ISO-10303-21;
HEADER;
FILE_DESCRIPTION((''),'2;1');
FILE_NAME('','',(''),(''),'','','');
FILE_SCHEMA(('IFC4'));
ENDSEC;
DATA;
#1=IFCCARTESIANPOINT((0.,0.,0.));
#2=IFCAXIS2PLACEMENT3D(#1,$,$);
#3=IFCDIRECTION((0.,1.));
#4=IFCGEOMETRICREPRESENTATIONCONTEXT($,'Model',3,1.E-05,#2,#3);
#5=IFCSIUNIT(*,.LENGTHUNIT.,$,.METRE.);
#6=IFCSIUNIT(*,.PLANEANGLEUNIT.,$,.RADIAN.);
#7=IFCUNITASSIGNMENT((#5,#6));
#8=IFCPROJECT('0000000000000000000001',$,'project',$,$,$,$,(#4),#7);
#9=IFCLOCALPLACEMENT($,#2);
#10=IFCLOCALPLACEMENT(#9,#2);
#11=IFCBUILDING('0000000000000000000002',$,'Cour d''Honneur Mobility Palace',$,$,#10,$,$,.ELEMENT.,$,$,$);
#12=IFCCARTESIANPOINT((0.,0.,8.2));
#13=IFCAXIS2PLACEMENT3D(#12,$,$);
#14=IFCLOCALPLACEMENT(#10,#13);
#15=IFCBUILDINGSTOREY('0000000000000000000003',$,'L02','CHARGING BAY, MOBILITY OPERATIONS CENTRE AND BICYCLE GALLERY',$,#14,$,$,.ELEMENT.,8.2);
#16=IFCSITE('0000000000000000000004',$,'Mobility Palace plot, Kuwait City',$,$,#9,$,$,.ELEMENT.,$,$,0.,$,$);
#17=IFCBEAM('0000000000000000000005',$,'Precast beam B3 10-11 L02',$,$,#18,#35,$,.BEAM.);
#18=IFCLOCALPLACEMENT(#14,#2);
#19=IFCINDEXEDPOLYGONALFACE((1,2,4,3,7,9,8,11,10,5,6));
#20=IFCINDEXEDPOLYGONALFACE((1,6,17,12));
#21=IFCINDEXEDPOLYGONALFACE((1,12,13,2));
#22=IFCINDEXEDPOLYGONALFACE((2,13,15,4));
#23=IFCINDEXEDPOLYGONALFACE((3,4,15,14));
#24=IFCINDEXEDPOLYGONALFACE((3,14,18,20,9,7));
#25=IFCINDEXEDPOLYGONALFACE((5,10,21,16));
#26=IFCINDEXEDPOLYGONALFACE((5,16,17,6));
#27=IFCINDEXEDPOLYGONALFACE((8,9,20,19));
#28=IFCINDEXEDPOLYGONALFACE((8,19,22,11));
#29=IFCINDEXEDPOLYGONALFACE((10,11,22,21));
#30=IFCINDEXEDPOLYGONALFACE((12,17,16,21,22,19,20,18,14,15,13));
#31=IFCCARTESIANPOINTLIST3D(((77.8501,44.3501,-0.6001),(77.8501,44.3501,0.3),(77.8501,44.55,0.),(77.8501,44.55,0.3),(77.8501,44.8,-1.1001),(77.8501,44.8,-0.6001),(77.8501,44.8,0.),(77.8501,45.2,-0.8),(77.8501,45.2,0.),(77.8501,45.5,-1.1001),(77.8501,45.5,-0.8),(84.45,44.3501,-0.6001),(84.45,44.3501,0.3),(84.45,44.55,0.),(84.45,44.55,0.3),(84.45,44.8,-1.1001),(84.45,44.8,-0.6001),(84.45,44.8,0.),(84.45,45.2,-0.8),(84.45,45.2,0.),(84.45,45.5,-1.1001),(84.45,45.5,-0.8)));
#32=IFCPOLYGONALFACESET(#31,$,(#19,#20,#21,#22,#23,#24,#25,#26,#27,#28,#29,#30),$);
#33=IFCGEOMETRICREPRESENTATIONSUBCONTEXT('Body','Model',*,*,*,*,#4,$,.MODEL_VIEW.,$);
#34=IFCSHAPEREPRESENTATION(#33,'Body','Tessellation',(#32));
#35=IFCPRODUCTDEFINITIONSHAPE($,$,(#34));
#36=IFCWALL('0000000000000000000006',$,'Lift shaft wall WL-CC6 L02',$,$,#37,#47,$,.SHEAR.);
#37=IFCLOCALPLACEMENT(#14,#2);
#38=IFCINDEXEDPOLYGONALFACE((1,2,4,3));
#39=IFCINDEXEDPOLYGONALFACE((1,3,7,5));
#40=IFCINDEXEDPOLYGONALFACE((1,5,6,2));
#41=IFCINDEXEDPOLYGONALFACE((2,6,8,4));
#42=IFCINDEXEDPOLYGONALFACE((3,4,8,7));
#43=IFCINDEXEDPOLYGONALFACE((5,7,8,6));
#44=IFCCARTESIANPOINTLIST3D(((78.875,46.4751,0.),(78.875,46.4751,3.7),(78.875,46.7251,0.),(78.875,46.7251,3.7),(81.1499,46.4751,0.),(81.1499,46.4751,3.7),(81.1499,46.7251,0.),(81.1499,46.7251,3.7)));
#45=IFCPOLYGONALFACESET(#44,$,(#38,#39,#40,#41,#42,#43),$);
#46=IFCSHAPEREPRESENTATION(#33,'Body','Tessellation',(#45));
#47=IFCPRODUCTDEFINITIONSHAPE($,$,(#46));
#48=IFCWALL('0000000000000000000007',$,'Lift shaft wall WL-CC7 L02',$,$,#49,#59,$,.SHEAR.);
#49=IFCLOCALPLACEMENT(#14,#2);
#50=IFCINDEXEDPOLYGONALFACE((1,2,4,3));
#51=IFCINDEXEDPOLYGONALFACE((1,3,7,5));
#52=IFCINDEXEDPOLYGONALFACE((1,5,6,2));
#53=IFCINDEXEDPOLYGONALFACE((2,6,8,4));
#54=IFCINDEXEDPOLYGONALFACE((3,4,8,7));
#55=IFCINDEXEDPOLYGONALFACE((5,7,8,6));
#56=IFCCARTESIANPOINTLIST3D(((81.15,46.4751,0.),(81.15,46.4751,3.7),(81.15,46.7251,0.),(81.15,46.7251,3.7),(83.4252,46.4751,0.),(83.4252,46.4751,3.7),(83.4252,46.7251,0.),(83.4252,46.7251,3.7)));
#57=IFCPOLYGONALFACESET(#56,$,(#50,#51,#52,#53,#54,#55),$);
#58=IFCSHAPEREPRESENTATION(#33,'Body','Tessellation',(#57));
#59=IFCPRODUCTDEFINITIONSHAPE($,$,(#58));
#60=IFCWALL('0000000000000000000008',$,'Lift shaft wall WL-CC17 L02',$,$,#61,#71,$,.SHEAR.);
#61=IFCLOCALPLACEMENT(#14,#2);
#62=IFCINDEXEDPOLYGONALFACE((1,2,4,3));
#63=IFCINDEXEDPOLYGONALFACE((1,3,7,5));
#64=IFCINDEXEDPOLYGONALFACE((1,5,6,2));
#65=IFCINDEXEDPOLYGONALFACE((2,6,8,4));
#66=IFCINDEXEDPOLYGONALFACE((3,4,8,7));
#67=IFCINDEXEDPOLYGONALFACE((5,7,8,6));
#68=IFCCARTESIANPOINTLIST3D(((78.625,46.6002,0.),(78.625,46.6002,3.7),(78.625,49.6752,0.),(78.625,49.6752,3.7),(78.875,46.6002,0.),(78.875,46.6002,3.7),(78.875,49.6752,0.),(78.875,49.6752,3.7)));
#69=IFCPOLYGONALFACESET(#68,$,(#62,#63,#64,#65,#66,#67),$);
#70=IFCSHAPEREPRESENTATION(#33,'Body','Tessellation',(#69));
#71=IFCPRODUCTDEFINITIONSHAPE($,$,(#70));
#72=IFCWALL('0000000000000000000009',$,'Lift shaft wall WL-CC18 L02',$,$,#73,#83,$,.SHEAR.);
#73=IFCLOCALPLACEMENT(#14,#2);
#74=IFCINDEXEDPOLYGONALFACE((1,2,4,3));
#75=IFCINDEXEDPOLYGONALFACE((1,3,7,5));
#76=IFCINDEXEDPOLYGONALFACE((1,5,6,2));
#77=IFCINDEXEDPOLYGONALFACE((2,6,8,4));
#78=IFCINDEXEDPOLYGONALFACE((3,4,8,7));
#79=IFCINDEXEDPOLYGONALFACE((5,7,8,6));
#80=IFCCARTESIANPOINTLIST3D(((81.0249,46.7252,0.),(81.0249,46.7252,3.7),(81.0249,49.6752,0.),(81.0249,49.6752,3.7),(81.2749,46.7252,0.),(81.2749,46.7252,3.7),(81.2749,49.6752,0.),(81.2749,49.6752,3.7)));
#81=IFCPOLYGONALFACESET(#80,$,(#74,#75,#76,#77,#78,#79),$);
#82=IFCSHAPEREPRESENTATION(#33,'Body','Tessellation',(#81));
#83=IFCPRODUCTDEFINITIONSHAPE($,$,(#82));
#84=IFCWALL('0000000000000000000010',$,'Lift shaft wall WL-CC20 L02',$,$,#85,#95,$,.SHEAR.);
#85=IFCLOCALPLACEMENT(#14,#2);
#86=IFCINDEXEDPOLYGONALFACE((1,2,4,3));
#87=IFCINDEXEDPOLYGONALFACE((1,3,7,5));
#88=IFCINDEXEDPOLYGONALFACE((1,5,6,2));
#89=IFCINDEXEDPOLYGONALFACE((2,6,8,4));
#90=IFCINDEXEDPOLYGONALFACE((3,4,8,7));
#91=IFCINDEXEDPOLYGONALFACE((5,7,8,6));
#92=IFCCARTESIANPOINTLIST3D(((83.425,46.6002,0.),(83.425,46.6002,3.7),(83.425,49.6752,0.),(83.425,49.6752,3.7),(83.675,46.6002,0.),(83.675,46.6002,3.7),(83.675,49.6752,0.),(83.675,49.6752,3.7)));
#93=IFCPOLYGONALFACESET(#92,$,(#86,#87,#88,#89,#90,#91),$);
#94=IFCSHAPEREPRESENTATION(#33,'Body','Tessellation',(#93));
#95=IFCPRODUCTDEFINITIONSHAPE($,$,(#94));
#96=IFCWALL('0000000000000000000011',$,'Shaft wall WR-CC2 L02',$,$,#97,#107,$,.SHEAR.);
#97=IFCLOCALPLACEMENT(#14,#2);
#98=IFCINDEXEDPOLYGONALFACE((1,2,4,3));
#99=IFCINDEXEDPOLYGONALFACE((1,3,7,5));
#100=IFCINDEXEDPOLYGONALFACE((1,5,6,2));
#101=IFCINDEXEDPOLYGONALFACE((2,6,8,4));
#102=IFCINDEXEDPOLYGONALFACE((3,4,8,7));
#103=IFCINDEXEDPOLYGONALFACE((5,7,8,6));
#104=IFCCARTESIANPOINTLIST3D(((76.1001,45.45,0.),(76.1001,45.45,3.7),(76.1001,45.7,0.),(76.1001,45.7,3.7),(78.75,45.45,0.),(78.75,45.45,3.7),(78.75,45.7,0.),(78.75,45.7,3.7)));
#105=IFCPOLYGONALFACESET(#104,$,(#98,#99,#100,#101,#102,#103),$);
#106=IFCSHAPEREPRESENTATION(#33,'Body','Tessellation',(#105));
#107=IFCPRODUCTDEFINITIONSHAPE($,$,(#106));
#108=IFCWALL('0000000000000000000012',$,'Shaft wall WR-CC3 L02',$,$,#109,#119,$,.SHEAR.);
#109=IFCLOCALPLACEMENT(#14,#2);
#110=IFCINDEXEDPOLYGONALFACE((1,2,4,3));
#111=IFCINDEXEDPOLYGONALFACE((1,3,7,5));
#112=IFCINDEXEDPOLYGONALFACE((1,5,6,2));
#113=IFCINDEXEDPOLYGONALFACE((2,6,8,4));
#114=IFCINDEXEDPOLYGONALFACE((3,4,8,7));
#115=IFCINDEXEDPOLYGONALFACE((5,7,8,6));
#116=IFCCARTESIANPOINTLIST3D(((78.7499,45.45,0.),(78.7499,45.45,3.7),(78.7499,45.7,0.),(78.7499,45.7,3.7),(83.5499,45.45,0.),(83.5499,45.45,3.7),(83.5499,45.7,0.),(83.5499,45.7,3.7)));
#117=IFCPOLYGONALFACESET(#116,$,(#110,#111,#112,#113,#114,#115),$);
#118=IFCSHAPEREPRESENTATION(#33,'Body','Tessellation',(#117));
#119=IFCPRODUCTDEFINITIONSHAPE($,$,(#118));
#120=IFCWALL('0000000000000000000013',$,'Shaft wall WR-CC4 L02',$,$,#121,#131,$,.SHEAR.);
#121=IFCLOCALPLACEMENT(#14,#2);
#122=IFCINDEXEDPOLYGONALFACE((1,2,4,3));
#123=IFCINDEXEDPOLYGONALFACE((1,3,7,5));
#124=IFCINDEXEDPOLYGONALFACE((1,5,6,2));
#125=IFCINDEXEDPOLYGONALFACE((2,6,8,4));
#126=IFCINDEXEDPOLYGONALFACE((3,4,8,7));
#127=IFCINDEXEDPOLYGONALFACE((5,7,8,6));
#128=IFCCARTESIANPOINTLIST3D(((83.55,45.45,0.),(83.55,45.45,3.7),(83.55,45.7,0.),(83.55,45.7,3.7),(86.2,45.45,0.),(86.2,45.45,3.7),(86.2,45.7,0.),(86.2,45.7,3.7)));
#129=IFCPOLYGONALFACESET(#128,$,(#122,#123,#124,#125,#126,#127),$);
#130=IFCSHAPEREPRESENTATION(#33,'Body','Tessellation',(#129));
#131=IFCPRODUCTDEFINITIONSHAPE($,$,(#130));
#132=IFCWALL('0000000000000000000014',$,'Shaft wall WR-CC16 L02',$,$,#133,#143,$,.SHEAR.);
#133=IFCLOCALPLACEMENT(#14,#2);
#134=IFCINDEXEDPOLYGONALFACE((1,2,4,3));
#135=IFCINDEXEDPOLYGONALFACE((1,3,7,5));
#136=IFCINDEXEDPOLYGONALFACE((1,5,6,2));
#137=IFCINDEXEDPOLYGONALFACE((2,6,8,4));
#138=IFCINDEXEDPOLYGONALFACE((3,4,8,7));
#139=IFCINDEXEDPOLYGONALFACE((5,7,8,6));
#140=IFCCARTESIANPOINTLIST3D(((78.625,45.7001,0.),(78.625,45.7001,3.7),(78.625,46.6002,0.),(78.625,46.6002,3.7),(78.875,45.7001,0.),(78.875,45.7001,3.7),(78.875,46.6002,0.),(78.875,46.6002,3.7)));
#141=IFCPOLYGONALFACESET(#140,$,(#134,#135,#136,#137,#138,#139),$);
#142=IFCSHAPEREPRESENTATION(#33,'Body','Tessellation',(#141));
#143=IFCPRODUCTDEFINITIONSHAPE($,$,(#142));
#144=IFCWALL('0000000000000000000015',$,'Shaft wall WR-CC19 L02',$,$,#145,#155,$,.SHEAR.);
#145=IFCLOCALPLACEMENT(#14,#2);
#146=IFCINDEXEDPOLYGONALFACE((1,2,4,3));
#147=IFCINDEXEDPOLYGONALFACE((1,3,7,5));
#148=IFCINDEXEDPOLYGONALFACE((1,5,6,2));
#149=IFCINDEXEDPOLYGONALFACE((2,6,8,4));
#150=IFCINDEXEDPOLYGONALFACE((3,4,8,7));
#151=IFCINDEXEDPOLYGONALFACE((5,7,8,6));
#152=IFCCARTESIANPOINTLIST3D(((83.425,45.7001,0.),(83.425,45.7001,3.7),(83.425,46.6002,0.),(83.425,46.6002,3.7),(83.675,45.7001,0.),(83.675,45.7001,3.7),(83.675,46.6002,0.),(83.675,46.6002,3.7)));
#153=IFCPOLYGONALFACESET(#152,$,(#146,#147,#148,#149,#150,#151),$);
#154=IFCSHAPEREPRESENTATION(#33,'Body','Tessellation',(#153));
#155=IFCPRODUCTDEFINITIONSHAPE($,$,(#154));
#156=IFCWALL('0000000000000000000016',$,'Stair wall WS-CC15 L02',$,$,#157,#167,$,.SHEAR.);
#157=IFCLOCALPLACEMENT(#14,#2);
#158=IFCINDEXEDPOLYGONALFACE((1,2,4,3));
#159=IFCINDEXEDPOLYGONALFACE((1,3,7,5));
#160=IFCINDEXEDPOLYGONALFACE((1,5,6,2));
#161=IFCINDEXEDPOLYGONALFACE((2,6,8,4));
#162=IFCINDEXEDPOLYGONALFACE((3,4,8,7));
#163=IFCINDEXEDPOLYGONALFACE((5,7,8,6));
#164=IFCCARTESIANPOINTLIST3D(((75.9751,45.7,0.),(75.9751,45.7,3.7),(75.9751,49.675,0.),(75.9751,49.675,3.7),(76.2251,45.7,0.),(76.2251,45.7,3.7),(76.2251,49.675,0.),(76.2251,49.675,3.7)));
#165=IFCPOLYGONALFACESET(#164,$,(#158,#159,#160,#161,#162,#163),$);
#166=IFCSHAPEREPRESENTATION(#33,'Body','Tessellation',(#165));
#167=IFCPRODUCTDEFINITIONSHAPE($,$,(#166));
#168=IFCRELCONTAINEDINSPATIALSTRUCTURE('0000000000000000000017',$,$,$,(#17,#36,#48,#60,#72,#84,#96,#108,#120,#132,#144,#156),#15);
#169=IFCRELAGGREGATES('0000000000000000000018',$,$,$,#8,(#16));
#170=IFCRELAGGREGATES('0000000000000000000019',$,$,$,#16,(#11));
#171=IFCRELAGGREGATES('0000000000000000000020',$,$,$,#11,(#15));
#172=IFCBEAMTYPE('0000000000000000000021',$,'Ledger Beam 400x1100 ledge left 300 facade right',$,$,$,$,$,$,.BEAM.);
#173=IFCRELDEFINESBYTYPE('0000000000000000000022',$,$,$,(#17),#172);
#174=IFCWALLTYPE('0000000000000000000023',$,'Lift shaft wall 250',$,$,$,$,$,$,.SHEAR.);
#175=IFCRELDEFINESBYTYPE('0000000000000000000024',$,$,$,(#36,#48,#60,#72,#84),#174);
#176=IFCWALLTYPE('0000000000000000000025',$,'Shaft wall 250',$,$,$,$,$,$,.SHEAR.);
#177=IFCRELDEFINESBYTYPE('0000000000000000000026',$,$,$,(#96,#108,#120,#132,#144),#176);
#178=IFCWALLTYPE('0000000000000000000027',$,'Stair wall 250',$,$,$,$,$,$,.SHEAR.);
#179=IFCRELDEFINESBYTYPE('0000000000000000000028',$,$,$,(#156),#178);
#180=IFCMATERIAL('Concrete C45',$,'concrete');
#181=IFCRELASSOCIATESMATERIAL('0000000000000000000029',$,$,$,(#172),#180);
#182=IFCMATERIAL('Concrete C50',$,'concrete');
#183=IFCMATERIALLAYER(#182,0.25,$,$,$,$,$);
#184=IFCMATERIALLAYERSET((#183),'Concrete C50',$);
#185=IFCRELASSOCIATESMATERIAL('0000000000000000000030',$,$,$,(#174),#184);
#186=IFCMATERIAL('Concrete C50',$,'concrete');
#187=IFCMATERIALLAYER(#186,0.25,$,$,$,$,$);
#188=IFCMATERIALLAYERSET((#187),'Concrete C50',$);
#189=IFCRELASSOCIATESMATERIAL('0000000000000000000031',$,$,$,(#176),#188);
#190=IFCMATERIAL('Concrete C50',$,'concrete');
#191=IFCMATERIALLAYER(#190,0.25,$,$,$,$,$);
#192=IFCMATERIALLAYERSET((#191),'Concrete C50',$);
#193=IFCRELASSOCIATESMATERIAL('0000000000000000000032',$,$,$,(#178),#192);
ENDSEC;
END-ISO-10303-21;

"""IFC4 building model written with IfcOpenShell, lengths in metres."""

from ifc_helpers import new_model, si_unit, direction, frame, frame_2d, origin, place, context, subcontext, project, spatial, polyline, rectangle, outline, extrude, material, layer, layer_set, material_profile, profile_set, type_object, element, save


model = new_model("IFC4")

# Units and contexts
model_context = context("Model", 3, precision=1e-05, world=origin(), true_north=direction((0.0, 1.0)))
body_context = subcontext(model_context, "Body", "Model", "MODEL_VIEW")
ifc_project = project(units=[si_unit("LENGTHUNIT", "METRE"), si_unit("PLANEANGLEUNIT", "RADIAN")], contexts=[model_context])

# Site, building, storey
site_placement = place(None, origin())
site = spatial("IfcSite", under=ifc_project, at=site_placement, Name="Mobility Palace plot, Kuwait City", CompositionType="ELEMENT", RefElevation=0.0)
building_placement = place(site_placement, origin())
building = spatial("IfcBuilding", under=site, at=building_placement, Name="Cour d'Honneur Mobility Palace", CompositionType="ELEMENT")
storey_placement = place(building_placement, frame((0.0, 0.0, 8.2)))
storey = spatial("IfcBuildingStorey", under=building, at=storey_placement, Name="L02", Description="CHARGING BAY, MOBILITY OPERATIONS CENTRE AND BICYCLE GALLERY", CompositionType="ELEMENT", Elevation=8.2)

# Beam
ifc_material_1 = material(Name="Concrete C45", Category="concrete")
ifc_material_profile = material_profile(ifc_material_1, outline(polyline([(0.5, -1.1001), (0.5, -0.8), (0.2, -0.8), (0.2, 0.0), (-0.2, 0.0), (-0.45, 0.0), (-0.45, 0.3), (-0.6499, 0.3), (-0.6499, -0.6001), (-0.2, -0.6001), (-0.2, -1.1001), (0.5, -1.1001)])), Name="Ledger Beam 400x1100 ledge left 300 facade right")
ifc_profile_set = profile_set([ifc_material_profile], Name="Concrete C45")
beam_type = type_object("IfcBeamType", Name="Ledger Beam 400x1100 ledge left 300 facade right", PredefinedType="BEAM", material=ifc_profile_set)
beam_placement = place(storey_placement, frame((77.8501, 45.0, 0.0), z_axis=(1.0, 0.0, 0.0), x_axis=(0.0, 1.0, 0.0)))
element("IfcBeam", 1, at=beam_placement, inside=storey, type_object=beam_type, Name="Precast beam B3 10-11 L02", PredefinedType="BEAM", context=body_context, shape_type="SweptSolid", body=[
    extrude(outline(polyline([(0.5, -1.1001), (0.5, -0.8), (0.2, -0.8), (0.2, 0.0), (-0.2, 0.0), (-0.45, 0.0), (-0.45, 0.3), (-0.6499, 0.3), (-0.6499, -0.6001), (-0.2, -0.6001), (-0.2, -1.1001), (0.5, -1.1001)])), origin(), (0.0, 0.0, 1.0), 6.5999),
])

# Walls
ifc_material_2 = material(Name="Concrete C50", Category="concrete")
ifc_layer_1 = layer(ifc_material_2, 0.25)
ifc_layer_set_1 = layer_set([ifc_layer_1], Name="Concrete C50")
wall_type_1 = type_object("IfcWallType", Name="Lift shaft wall 250", PredefinedType="SHEAR", material=ifc_layer_set_1)
wall_1_placement = place(storey_placement, frame((78.875, 46.6001, 0.0), z_axis=(0.0, 0.0, 1.0), x_axis=(1.0, 0.0, 0.0)))
element("IfcWall", 2, at=wall_1_placement, inside=storey, type_object=wall_type_1, Name="Lift shaft wall WL-CC6 L02", PredefinedType="SHEAR", context=body_context, shape_type="SweptSolid", body=[
    extrude(rectangle(XDim=2.2749, YDim=0.25, at=frame_2d((1.1375, 0.0))), origin(), (0.0, 0.0, 1.0), 3.7),
])
wall_2_placement = place(storey_placement, frame((81.1499, 46.6001, 0.0), z_axis=(0.0, 0.0, 1.0), x_axis=(1.0, 0.0, 0.0)))
element("IfcWall", 3, at=wall_2_placement, inside=storey, type_object=wall_type_1, Name="Lift shaft wall WL-CC7 L02", PredefinedType="SHEAR", context=body_context, shape_type="SweptSolid", body=[
    extrude(rectangle(XDim=2.2751, YDim=0.25, at=frame_2d((1.1377, 0.0))), origin(), (0.0, 0.0, 1.0), 3.7),
])
wall_3_placement = place(storey_placement, frame((78.75, 46.6001, 0.0), z_axis=(0.0, 0.0, 1.0), x_axis=(0.0, 1.0, 0.0)))
element("IfcWall", 4, at=wall_3_placement, inside=storey, type_object=wall_type_1, Name="Lift shaft wall WL-CC17 L02", PredefinedType="SHEAR", context=body_context, shape_type="SweptSolid", body=[
    extrude(rectangle(XDim=3.075, YDim=0.25, at=frame_2d((1.5376, 0.0))), origin(), (0.0, 0.0, 1.0), 3.7),
])
wall_4_placement = place(storey_placement, frame((81.1499, 46.7251, 0.0), z_axis=(0.0, 0.0, 1.0), x_axis=(0.0, 1.0, 0.0)))
element("IfcWall", 5, at=wall_4_placement, inside=storey, type_object=wall_type_1, Name="Lift shaft wall WL-CC18 L02", PredefinedType="SHEAR", context=body_context, shape_type="SweptSolid", body=[
    extrude(rectangle(XDim=2.95, YDim=0.25, at=frame_2d((1.4751, 0.0))), origin(), (0.0, 0.0, 1.0), 3.7),
])
wall_5_placement = place(storey_placement, frame((83.55, 46.6001, 0.0), z_axis=(0.0, 0.0, 1.0), x_axis=(0.0, 1.0, 0.0)))
element("IfcWall", 6, at=wall_5_placement, inside=storey, type_object=wall_type_1, Name="Lift shaft wall WL-CC20 L02", PredefinedType="SHEAR", context=body_context, shape_type="SweptSolid", body=[
    extrude(rectangle(XDim=3.075, YDim=0.25, at=frame_2d((1.5376, 0.0))), origin(), (0.0, 0.0, 1.0), 3.7),
])
ifc_material_3 = material(Name="Concrete C50", Category="concrete")
ifc_layer_2 = layer(ifc_material_3, 0.25)
ifc_layer_set_2 = layer_set([ifc_layer_2], Name="Concrete C50")
wall_type_2 = type_object("IfcWallType", Name="Shaft wall 250", PredefinedType="SHEAR", material=ifc_layer_set_2)
wall_6_placement = place(storey_placement, frame((76.1001, 45.575, 0.0), z_axis=(0.0, 0.0, 1.0), x_axis=(1.0, 0.0, 0.0)))
element("IfcWall", 7, at=wall_6_placement, inside=storey, type_object=wall_type_2, Name="Shaft wall WR-CC2 L02", PredefinedType="SHEAR", context=body_context, shape_type="SweptSolid", body=[
    extrude(rectangle(XDim=2.6499, YDim=0.25, at=frame_2d((1.325, 0.0))), origin(), (0.0, 0.0, 1.0), 3.7),
])
wall_7_placement = place(storey_placement, frame((78.75, 45.575, 0.0), z_axis=(0.0, 0.0, 1.0), x_axis=(1.0, 0.0, 0.0)))
element("IfcWall", 8, at=wall_7_placement, inside=storey, type_object=wall_type_2, Name="Shaft wall WR-CC3 L02", PredefinedType="SHEAR", context=body_context, shape_type="SweptSolid", body=[
    extrude(rectangle(XDim=4.8, YDim=0.25, at=frame_2d((2.3999, 0.0))), origin(), (0.0, 0.0, 1.0), 3.7),
])
wall_8_placement = place(storey_placement, frame((83.55, 45.575, 0.0), z_axis=(0.0, 0.0, 1.0), x_axis=(1.0, 0.0, 0.0)))
element("IfcWall", 9, at=wall_8_placement, inside=storey, type_object=wall_type_2, Name="Shaft wall WR-CC4 L02", PredefinedType="SHEAR", context=body_context, shape_type="SweptSolid", body=[
    extrude(rectangle(XDim=2.6499, YDim=0.25, at=frame_2d((1.325, 0.0))), origin(), (0.0, 0.0, 1.0), 3.7),
])
for number, where, z_axis, x_axis, name in (
    (10, (78.75, 45.7, 0.0), (0.0, 0.0, 1.0), (0.0, 1.0, 0.0), "Shaft wall WR-CC16 L02"),
    (11, (83.55, 45.7, 0.0), (0.0, 0.0, 1.0), (0.0, 1.0, 0.0), "Shaft wall WR-CC19 L02"),
):
    element("IfcWall", number, at=place(storey_placement, frame(where, z_axis=z_axis, x_axis=x_axis)), inside=storey, type_object=wall_type_2, Name=name, PredefinedType="SHEAR", context=body_context, shape_type="SweptSolid", body=[
        extrude(rectangle(XDim=0.9001, YDim=0.25, at=frame_2d((0.4502, 0.0))), origin(), (0.0, 0.0, 1.0), 3.7),
    ])
ifc_material_4 = material(Name="Concrete C50", Category="concrete")
ifc_layer_3 = layer(ifc_material_4, 0.25)
ifc_layer_set_3 = layer_set([ifc_layer_3], Name="Concrete C50")
wall_type_3 = type_object("IfcWallType", Name="Stair wall 250", PredefinedType="SHEAR", material=ifc_layer_set_3)
wall_9_placement = place(storey_placement, frame((76.1001, 45.7, 0.0), z_axis=(0.0, 0.0, 1.0), x_axis=(0.0, 1.0, 0.0)))
element("IfcWall", 12, at=wall_9_placement, inside=storey, type_object=wall_type_3, Name="Stair wall WS-CC15 L02", PredefinedType="SHEAR", context=body_context, shape_type="SweptSolid", body=[
    extrude(rectangle(XDim=3.9751, YDim=0.25, at=frame_2d((1.9875, 0.0))), origin(), (0.0, 0.0, 1.0), 3.7),
])

save(model, "model.ifc")
